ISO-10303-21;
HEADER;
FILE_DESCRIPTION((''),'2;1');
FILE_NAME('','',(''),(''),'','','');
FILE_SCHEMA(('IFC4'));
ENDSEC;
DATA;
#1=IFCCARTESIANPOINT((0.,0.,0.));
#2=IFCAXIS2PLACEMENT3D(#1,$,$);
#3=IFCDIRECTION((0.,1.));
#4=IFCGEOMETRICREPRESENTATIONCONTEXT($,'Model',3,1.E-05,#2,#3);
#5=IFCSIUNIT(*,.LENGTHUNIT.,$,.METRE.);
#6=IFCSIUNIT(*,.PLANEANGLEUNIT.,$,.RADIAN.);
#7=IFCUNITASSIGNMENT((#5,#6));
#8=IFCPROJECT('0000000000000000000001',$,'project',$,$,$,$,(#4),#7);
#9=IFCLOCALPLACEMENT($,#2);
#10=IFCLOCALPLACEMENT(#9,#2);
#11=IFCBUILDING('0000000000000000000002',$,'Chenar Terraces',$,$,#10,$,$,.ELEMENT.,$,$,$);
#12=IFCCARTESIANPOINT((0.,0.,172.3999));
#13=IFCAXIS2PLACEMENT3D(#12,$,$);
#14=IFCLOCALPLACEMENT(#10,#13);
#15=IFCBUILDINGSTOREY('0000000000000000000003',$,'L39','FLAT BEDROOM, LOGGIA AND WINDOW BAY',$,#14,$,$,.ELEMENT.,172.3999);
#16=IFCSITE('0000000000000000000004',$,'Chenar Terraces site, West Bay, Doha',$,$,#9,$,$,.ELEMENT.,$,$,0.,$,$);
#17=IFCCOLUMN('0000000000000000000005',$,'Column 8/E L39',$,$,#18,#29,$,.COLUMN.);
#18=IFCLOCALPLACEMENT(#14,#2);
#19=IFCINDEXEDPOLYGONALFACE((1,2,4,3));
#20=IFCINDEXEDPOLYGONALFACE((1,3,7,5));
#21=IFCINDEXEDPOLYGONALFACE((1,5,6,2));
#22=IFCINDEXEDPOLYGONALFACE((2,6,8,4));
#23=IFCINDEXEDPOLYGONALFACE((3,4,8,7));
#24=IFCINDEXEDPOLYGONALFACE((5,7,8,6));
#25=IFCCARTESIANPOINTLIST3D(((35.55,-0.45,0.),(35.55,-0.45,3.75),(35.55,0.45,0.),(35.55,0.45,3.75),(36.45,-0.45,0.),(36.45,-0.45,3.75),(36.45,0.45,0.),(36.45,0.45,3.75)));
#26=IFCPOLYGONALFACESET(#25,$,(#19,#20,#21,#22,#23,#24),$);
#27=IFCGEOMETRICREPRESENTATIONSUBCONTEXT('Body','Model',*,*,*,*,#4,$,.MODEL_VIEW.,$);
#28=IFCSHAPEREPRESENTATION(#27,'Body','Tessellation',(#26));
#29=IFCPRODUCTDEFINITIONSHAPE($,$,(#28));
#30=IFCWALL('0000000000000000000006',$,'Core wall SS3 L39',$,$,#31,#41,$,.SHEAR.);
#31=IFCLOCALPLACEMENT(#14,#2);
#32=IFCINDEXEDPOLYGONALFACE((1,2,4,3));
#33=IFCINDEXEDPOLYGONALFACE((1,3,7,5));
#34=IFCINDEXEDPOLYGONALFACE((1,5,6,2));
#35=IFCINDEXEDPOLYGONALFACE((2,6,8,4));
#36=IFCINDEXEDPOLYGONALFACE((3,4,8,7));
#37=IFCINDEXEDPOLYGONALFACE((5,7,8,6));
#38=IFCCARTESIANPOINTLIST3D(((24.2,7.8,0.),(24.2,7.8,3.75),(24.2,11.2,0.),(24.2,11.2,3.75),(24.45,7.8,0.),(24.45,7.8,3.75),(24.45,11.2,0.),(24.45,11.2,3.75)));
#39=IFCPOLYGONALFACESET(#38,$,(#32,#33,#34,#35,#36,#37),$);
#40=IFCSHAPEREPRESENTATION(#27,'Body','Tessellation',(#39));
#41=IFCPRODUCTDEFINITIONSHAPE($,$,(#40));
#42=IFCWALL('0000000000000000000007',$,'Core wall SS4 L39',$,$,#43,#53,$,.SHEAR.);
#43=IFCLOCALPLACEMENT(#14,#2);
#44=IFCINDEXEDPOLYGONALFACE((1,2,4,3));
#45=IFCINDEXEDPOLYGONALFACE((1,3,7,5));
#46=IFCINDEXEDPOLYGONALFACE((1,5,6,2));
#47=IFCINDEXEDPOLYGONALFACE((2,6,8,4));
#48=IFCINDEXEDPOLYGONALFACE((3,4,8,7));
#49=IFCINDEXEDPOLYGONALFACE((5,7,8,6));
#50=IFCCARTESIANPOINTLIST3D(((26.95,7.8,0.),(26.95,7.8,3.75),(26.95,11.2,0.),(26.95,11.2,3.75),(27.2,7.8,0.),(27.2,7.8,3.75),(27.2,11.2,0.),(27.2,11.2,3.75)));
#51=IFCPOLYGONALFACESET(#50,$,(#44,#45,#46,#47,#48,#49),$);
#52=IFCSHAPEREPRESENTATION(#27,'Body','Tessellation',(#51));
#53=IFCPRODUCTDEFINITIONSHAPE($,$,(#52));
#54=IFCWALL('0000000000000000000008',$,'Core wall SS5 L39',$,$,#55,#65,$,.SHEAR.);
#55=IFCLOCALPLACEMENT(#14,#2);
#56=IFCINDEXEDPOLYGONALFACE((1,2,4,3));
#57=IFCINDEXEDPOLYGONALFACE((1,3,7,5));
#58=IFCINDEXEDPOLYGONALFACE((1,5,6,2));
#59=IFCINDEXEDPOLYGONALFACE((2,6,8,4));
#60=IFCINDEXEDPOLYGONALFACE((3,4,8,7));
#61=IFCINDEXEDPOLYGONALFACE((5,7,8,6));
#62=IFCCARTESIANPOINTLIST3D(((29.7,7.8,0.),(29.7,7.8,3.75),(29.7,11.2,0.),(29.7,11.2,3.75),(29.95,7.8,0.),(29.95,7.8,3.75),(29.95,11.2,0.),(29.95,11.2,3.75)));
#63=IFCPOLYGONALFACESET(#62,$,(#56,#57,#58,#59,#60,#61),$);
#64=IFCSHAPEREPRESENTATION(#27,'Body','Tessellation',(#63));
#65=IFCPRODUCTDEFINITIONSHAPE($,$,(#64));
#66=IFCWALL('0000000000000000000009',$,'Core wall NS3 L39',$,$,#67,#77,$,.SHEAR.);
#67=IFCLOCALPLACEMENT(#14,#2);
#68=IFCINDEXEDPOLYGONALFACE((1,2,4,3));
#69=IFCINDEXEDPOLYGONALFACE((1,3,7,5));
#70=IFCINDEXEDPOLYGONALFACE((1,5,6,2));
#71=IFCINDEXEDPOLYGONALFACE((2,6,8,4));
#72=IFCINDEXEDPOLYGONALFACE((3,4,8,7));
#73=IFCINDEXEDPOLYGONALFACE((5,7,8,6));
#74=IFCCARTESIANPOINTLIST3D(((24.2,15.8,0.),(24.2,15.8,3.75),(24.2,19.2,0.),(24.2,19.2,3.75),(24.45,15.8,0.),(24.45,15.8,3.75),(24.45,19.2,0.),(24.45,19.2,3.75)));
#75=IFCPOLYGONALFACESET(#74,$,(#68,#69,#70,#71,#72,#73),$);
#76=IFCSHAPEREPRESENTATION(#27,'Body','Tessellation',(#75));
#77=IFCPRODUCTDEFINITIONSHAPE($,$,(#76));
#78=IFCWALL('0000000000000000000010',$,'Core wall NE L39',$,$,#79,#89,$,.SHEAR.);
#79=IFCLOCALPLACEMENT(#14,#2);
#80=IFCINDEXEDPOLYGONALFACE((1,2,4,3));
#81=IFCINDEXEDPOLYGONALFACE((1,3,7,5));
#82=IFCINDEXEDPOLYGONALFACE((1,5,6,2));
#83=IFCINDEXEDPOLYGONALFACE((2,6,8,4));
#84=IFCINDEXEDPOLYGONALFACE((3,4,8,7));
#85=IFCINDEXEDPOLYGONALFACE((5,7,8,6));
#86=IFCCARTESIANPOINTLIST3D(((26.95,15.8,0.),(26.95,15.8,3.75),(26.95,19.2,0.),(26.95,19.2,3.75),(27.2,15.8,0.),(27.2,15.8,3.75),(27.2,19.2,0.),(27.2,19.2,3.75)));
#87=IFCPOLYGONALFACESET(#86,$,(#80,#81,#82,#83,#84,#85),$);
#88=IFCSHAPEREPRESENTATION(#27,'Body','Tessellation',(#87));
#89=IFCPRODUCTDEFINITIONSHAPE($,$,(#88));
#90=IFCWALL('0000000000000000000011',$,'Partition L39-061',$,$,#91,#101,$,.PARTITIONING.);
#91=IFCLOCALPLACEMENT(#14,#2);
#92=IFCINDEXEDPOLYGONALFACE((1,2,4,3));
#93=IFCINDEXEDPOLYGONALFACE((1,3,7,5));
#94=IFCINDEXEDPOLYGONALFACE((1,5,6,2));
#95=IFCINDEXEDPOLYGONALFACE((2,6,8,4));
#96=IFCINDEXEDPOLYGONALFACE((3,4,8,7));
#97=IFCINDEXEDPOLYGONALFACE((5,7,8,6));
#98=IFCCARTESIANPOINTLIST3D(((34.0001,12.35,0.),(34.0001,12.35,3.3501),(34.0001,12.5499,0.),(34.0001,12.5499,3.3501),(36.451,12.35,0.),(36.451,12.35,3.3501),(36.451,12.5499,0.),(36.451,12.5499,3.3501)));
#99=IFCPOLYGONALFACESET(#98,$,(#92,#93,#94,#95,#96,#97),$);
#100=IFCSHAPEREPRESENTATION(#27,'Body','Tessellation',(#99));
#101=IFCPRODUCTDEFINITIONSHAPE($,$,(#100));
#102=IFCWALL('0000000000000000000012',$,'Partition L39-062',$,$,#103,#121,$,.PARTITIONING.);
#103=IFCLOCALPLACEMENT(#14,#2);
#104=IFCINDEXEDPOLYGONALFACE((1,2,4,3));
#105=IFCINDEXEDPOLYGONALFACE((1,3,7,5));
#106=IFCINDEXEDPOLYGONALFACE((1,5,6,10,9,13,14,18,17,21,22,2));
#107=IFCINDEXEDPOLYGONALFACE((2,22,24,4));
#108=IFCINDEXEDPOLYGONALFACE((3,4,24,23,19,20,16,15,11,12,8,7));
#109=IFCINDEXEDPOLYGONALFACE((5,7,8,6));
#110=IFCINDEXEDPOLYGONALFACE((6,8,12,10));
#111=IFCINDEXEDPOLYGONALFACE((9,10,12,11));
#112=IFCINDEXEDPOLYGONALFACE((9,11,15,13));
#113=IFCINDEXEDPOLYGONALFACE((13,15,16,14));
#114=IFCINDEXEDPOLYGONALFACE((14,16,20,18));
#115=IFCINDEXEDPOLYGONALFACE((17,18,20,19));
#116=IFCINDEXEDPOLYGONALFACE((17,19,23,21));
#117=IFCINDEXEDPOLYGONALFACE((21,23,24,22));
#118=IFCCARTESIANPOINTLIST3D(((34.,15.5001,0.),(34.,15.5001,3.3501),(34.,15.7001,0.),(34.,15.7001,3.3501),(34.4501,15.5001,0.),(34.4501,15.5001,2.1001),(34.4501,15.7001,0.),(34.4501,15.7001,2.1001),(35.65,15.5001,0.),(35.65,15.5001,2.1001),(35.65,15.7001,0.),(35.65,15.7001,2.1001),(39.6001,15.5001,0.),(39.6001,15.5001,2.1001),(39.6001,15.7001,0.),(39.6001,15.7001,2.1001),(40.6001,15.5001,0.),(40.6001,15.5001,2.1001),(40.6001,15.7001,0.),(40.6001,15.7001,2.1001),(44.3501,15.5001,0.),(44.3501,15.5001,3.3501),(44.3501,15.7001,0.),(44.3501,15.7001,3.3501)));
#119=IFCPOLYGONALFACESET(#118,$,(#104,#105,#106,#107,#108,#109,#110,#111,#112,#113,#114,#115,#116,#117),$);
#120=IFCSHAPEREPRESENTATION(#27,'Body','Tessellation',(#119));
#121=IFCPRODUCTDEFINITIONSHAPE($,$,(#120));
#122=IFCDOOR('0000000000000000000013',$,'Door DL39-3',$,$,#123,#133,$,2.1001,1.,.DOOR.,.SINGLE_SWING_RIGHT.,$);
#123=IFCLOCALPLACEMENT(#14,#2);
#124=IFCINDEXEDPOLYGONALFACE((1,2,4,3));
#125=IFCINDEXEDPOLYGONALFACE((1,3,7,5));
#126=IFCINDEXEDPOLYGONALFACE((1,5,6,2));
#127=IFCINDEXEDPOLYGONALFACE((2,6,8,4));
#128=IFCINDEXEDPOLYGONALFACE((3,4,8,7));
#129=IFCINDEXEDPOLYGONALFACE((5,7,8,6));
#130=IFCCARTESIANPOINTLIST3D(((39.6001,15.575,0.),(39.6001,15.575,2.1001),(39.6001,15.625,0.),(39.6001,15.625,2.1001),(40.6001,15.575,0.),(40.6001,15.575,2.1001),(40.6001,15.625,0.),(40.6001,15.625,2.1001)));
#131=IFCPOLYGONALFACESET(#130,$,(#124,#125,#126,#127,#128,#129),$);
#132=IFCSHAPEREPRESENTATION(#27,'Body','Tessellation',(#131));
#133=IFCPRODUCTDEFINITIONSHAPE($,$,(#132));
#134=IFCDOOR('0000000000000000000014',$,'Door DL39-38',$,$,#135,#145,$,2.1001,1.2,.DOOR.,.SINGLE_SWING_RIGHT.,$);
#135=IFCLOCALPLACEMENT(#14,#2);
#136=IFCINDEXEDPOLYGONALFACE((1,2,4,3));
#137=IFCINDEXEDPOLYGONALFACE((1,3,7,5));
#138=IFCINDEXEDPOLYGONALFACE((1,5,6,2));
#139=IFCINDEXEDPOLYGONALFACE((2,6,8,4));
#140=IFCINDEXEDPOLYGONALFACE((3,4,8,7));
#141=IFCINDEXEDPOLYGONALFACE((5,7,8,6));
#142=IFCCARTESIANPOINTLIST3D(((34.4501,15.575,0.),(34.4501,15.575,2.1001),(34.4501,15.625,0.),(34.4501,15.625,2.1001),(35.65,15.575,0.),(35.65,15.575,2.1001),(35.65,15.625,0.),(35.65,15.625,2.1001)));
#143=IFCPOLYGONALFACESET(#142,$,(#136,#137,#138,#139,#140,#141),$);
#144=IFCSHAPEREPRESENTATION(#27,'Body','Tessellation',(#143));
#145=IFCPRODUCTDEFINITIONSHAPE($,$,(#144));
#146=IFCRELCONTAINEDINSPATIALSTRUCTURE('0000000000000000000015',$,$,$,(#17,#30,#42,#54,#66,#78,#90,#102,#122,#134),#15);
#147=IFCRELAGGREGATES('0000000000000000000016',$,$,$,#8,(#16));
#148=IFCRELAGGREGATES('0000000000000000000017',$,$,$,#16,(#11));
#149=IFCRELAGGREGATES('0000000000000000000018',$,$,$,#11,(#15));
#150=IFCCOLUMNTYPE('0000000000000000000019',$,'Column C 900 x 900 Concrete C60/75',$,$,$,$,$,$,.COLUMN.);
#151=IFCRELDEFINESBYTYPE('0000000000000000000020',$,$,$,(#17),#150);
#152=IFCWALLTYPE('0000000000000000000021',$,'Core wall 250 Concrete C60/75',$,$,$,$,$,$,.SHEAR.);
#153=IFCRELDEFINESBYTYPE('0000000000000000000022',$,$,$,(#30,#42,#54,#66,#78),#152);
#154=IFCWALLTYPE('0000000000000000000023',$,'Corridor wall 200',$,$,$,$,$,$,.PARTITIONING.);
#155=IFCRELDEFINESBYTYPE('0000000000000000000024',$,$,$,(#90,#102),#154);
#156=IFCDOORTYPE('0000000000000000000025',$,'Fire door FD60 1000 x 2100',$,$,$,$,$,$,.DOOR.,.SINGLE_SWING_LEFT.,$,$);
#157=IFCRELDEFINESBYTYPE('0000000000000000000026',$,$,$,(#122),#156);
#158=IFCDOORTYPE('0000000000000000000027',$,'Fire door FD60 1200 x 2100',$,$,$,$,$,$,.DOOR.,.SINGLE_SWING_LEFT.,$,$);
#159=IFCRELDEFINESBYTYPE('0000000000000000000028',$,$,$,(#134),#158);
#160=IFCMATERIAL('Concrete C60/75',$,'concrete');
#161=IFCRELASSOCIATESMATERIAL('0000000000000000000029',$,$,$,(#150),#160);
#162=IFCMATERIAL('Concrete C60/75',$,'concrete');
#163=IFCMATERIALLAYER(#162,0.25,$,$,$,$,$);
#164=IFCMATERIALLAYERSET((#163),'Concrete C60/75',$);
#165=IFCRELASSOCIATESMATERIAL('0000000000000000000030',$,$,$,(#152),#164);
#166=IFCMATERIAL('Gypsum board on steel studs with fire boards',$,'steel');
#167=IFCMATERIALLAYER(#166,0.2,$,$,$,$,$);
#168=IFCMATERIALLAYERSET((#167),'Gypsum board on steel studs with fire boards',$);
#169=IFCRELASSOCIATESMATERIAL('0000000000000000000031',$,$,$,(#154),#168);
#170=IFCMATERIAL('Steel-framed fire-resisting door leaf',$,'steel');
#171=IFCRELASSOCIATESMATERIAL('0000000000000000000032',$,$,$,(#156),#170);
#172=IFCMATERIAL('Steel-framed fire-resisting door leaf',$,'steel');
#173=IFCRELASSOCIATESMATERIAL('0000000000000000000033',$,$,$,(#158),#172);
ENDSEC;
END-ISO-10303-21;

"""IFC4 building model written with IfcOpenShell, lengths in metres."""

from ifc_helpers import new_model, si_unit, direction, frame, frame_2d, origin, origin_2d, place, context, subcontext, project, spatial, rectangle, extrude, material, layer, layer_set, material_profile, profile_set, type_object, element, fill, save


model = new_model("IFC4")

# Units and contexts
model_context = context("Model", 3, precision=1e-05, world=origin(), true_north=direction((0.0, 1.0)))
body_context = subcontext(model_context, "Body", "Model", "MODEL_VIEW")
ifc_project = project(units=[si_unit("LENGTHUNIT", "METRE"), si_unit("PLANEANGLEUNIT", "RADIAN")], contexts=[model_context])

# Site, building, storey
site_placement = place(None, origin())
site = spatial("IfcSite", under=ifc_project, at=site_placement, Name="Chenar Terraces site, West Bay, Doha", CompositionType="ELEMENT", RefElevation=0.0)
building_placement = place(site_placement, origin())
building = spatial("IfcBuilding", under=site, at=building_placement, Name="Chenar Terraces", CompositionType="ELEMENT")
storey_placement = place(building_placement, frame((0.0, 0.0, 172.3999)))
storey = spatial("IfcBuildingStorey", under=building, at=storey_placement, Name="L39", Description="FLAT BEDROOM, LOGGIA AND WINDOW BAY", CompositionType="ELEMENT", Elevation=172.3999)

# Column
ifc_material_1 = material(Name="Concrete C60/75", Category="concrete")
ifc_material_profile_1 = material_profile(ifc_material_1, rectangle(XDim=0.8999, YDim=0.8999, at=origin_2d()), Name="C 900 x 900")
ifc_profile_set_1 = profile_set([ifc_material_profile_1], Name="Concrete C60/75")
column_type = type_object("IfcColumnType", Name="Column C 900 x 900 Concrete C60/75", PredefinedType="COLUMN", material=ifc_profile_set_1)
column_placement = place(storey_placement, frame((36.0, 0.0, 0.0), z_axis=(0.0, 0.0, 1.0), x_axis=(1.0, 0.0, 0.0)))
element("IfcColumn", 1, at=column_placement, inside=storey, type_object=column_type, Name="Column 8/E L39", PredefinedType="COLUMN", context=body_context, shape_type="SweptSolid", body=[
    extrude(rectangle(XDim=0.8999, YDim=0.8999, at=origin_2d()), origin(), (0.0, 0.0, 1.0), 3.75),
])

# Walls
ifc_material_2 = material(Name="Concrete C60/75", Category="concrete")
ifc_layer_1 = layer(ifc_material_2, 0.25)
ifc_layer_set_1 = layer_set([ifc_layer_1], Name="Concrete C60/75")
wall_type_1 = type_object("IfcWallType", Name="Core wall 250 Concrete C60/75", PredefinedType="SHEAR", material=ifc_layer_set_1)
for number, where, z_axis, x_axis, name in (
    (2, (24.325, 7.8, 0.0), (0.0, 0.0, 1.0), (0.0, 1.0, 0.0), "Core wall SS3 L39"),
    (3, (27.075, 7.8, 0.0), (0.0, 0.0, 1.0), (0.0, 1.0, 0.0), "Core wall SS4 L39"),
    (4, (29.825, 7.8, 0.0), (0.0, 0.0, 1.0), (0.0, 1.0, 0.0), "Core wall SS5 L39"),
    (5, (24.325, 15.8, 0.0), (0.0, 0.0, 1.0), (0.0, 1.0, 0.0), "Core wall NS3 L39"),
    (6, (27.075, 15.8, 0.0), (0.0, 0.0, 1.0), (0.0, 1.0, 0.0), "Core wall NE L39"),
):
    element("IfcWall", number, at=place(storey_placement, frame(where, z_axis=z_axis, x_axis=x_axis)), inside=storey, type_object=wall_type_1, Name=name, PredefinedType="SHEAR", context=body_context, shape_type="SweptSolid", body=[
        extrude(rectangle(XDim=3.3999, YDim=0.25, at=frame_2d((1.7, 0.0))), origin(), (0.0, 0.0, 1.0), 3.75),
    ])

# Wall
ifc_material_3 = material(Name="Gypsum board on steel studs with fire boards", Category="steel")
ifc_layer_2 = layer(ifc_material_3, 0.2)
ifc_layer_set_2 = layer_set([ifc_layer_2], Name="Gypsum board on steel studs with fire boards")
wall_type_2 = type_object("IfcWallType", Name="Corridor wall 200", PredefinedType="PARTITIONING", material=ifc_layer_set_2)
wall_1_placement = place(storey_placement, frame((34.0, 12.45, 0.0), z_axis=(0.0, 0.0, 1.0), x_axis=(1.0, 0.0, 0.0)))
element("IfcWall", 7, at=wall_1_placement, inside=storey, type_object=wall_type_2, Name="Partition L39-061", PredefinedType="PARTITIONING", context=body_context, shape_type="SweptSolid", body=[
    extrude(rectangle(XDim=2.4509, YDim=0.2, at=frame_2d((1.2256, 0.0))), origin(), (0.0, 0.0, 1.0), 3.3501),
])

# Wall, openings, doors
wall_2_placement = place(storey_placement, frame((34.0, 15.6001, 0.0), z_axis=(0.0, 0.0, 1.0), x_axis=(1.0, 0.0, 0.0)))
wall_2 = element("IfcWall", 8, at=wall_2_placement, inside=storey, type_object=wall_type_2, Name="Partition L39-062", PredefinedType="PARTITIONING", context=body_context, shape_type="SweptSolid", body=[
    extrude(rectangle(XDim=10.3501, YDim=0.2, at=frame_2d((5.175, 0.0))), origin(), (0.0, 0.0, 1.0), 3.3501),
])
opening_1_placement = place(wall_2_placement, frame((5.6001, 0.0, 0.0)))
opening_1 = element("IfcOpeningElement", 9, at=opening_1_placement, cuts=wall_2, PredefinedType="OPENING", context=body_context, shape_type="SweptSolid", body=[
    extrude(rectangle(XDim=1.0, YDim=2.1001, at=frame_2d((0.5, 1.05))), frame((0.0, 0.1099, 0.0), z_axis=(0.0, -1.0, 0.0), x_axis=(1.0, 0.0, 0.0)), (0.0, 0.0, 1.0), 0.22),
])
opening_2_placement = place(wall_2_placement, frame((0.45, 0.0, 0.0)))
opening_2 = element("IfcOpeningElement", 10, at=opening_2_placement, cuts=wall_2, PredefinedType="OPENING", context=body_context, shape_type="SweptSolid", body=[
    extrude(rectangle(XDim=1.2, YDim=2.1001, at=frame_2d((0.6001, 1.05))), frame((0.0, 0.1099, 0.0), z_axis=(0.0, -1.0, 0.0), x_axis=(1.0, 0.0, 0.0)), (0.0, 0.0, 1.0), 0.22),
])
ifc_material_4 = material(Name="Steel-framed fire-resisting door leaf", Category="steel")
door_type_1 = type_object("IfcDoorType", Name="Fire door FD60 1000 x 2100", OperationType="SINGLE_SWING_LEFT", PredefinedType="DOOR", material=ifc_material_4)
door_1_placement = place(opening_1_placement, origin())
door_1 = element("IfcDoor", 11, at=door_1_placement, inside=storey, type_object=door_type_1, Name="Door DL39-3", OperationType="SINGLE_SWING_RIGHT", OverallHeight=2.1001, OverallWidth=1.0, PredefinedType="DOOR", context=body_context, shape_type="SweptSolid", body=[
    extrude(rectangle(XDim=1.0, YDim=2.1001, at=frame_2d((0.5, 1.05))), frame((0.0, 0.0249, 0.0), z_axis=(0.0, -1.0, 0.0), x_axis=(1.0, 0.0, 0.0)), (0.0, 0.0, 1.0), 0.05),
])
fill(opening_1, door_1)
ifc_material_5 = material(Name="Steel-framed fire-resisting door leaf", Category="steel")
door_type_2 = type_object("IfcDoorType", Name="Fire door FD60 1200 x 2100", OperationType="SINGLE_SWING_LEFT", PredefinedType="DOOR", material=ifc_material_5)
door_2_placement = place(opening_2_placement, origin())
door_2 = element("IfcDoor", 12, at=door_2_placement, inside=storey, type_object=door_type_2, Name="Door DL39-38", OperationType="SINGLE_SWING_RIGHT", OverallHeight=2.1001, OverallWidth=1.2, PredefinedType="DOOR", context=body_context, shape_type="SweptSolid", body=[
    extrude(rectangle(XDim=1.2, YDim=2.1001, at=frame_2d((0.6001, 1.05))), frame((0.0, 0.0249, 0.0), z_axis=(0.0, -1.0, 0.0), x_axis=(1.0, 0.0, 0.0)), (0.0, 0.0, 1.0), 0.05),
])
fill(opening_2, door_2)

save(model, "model.ifc")
